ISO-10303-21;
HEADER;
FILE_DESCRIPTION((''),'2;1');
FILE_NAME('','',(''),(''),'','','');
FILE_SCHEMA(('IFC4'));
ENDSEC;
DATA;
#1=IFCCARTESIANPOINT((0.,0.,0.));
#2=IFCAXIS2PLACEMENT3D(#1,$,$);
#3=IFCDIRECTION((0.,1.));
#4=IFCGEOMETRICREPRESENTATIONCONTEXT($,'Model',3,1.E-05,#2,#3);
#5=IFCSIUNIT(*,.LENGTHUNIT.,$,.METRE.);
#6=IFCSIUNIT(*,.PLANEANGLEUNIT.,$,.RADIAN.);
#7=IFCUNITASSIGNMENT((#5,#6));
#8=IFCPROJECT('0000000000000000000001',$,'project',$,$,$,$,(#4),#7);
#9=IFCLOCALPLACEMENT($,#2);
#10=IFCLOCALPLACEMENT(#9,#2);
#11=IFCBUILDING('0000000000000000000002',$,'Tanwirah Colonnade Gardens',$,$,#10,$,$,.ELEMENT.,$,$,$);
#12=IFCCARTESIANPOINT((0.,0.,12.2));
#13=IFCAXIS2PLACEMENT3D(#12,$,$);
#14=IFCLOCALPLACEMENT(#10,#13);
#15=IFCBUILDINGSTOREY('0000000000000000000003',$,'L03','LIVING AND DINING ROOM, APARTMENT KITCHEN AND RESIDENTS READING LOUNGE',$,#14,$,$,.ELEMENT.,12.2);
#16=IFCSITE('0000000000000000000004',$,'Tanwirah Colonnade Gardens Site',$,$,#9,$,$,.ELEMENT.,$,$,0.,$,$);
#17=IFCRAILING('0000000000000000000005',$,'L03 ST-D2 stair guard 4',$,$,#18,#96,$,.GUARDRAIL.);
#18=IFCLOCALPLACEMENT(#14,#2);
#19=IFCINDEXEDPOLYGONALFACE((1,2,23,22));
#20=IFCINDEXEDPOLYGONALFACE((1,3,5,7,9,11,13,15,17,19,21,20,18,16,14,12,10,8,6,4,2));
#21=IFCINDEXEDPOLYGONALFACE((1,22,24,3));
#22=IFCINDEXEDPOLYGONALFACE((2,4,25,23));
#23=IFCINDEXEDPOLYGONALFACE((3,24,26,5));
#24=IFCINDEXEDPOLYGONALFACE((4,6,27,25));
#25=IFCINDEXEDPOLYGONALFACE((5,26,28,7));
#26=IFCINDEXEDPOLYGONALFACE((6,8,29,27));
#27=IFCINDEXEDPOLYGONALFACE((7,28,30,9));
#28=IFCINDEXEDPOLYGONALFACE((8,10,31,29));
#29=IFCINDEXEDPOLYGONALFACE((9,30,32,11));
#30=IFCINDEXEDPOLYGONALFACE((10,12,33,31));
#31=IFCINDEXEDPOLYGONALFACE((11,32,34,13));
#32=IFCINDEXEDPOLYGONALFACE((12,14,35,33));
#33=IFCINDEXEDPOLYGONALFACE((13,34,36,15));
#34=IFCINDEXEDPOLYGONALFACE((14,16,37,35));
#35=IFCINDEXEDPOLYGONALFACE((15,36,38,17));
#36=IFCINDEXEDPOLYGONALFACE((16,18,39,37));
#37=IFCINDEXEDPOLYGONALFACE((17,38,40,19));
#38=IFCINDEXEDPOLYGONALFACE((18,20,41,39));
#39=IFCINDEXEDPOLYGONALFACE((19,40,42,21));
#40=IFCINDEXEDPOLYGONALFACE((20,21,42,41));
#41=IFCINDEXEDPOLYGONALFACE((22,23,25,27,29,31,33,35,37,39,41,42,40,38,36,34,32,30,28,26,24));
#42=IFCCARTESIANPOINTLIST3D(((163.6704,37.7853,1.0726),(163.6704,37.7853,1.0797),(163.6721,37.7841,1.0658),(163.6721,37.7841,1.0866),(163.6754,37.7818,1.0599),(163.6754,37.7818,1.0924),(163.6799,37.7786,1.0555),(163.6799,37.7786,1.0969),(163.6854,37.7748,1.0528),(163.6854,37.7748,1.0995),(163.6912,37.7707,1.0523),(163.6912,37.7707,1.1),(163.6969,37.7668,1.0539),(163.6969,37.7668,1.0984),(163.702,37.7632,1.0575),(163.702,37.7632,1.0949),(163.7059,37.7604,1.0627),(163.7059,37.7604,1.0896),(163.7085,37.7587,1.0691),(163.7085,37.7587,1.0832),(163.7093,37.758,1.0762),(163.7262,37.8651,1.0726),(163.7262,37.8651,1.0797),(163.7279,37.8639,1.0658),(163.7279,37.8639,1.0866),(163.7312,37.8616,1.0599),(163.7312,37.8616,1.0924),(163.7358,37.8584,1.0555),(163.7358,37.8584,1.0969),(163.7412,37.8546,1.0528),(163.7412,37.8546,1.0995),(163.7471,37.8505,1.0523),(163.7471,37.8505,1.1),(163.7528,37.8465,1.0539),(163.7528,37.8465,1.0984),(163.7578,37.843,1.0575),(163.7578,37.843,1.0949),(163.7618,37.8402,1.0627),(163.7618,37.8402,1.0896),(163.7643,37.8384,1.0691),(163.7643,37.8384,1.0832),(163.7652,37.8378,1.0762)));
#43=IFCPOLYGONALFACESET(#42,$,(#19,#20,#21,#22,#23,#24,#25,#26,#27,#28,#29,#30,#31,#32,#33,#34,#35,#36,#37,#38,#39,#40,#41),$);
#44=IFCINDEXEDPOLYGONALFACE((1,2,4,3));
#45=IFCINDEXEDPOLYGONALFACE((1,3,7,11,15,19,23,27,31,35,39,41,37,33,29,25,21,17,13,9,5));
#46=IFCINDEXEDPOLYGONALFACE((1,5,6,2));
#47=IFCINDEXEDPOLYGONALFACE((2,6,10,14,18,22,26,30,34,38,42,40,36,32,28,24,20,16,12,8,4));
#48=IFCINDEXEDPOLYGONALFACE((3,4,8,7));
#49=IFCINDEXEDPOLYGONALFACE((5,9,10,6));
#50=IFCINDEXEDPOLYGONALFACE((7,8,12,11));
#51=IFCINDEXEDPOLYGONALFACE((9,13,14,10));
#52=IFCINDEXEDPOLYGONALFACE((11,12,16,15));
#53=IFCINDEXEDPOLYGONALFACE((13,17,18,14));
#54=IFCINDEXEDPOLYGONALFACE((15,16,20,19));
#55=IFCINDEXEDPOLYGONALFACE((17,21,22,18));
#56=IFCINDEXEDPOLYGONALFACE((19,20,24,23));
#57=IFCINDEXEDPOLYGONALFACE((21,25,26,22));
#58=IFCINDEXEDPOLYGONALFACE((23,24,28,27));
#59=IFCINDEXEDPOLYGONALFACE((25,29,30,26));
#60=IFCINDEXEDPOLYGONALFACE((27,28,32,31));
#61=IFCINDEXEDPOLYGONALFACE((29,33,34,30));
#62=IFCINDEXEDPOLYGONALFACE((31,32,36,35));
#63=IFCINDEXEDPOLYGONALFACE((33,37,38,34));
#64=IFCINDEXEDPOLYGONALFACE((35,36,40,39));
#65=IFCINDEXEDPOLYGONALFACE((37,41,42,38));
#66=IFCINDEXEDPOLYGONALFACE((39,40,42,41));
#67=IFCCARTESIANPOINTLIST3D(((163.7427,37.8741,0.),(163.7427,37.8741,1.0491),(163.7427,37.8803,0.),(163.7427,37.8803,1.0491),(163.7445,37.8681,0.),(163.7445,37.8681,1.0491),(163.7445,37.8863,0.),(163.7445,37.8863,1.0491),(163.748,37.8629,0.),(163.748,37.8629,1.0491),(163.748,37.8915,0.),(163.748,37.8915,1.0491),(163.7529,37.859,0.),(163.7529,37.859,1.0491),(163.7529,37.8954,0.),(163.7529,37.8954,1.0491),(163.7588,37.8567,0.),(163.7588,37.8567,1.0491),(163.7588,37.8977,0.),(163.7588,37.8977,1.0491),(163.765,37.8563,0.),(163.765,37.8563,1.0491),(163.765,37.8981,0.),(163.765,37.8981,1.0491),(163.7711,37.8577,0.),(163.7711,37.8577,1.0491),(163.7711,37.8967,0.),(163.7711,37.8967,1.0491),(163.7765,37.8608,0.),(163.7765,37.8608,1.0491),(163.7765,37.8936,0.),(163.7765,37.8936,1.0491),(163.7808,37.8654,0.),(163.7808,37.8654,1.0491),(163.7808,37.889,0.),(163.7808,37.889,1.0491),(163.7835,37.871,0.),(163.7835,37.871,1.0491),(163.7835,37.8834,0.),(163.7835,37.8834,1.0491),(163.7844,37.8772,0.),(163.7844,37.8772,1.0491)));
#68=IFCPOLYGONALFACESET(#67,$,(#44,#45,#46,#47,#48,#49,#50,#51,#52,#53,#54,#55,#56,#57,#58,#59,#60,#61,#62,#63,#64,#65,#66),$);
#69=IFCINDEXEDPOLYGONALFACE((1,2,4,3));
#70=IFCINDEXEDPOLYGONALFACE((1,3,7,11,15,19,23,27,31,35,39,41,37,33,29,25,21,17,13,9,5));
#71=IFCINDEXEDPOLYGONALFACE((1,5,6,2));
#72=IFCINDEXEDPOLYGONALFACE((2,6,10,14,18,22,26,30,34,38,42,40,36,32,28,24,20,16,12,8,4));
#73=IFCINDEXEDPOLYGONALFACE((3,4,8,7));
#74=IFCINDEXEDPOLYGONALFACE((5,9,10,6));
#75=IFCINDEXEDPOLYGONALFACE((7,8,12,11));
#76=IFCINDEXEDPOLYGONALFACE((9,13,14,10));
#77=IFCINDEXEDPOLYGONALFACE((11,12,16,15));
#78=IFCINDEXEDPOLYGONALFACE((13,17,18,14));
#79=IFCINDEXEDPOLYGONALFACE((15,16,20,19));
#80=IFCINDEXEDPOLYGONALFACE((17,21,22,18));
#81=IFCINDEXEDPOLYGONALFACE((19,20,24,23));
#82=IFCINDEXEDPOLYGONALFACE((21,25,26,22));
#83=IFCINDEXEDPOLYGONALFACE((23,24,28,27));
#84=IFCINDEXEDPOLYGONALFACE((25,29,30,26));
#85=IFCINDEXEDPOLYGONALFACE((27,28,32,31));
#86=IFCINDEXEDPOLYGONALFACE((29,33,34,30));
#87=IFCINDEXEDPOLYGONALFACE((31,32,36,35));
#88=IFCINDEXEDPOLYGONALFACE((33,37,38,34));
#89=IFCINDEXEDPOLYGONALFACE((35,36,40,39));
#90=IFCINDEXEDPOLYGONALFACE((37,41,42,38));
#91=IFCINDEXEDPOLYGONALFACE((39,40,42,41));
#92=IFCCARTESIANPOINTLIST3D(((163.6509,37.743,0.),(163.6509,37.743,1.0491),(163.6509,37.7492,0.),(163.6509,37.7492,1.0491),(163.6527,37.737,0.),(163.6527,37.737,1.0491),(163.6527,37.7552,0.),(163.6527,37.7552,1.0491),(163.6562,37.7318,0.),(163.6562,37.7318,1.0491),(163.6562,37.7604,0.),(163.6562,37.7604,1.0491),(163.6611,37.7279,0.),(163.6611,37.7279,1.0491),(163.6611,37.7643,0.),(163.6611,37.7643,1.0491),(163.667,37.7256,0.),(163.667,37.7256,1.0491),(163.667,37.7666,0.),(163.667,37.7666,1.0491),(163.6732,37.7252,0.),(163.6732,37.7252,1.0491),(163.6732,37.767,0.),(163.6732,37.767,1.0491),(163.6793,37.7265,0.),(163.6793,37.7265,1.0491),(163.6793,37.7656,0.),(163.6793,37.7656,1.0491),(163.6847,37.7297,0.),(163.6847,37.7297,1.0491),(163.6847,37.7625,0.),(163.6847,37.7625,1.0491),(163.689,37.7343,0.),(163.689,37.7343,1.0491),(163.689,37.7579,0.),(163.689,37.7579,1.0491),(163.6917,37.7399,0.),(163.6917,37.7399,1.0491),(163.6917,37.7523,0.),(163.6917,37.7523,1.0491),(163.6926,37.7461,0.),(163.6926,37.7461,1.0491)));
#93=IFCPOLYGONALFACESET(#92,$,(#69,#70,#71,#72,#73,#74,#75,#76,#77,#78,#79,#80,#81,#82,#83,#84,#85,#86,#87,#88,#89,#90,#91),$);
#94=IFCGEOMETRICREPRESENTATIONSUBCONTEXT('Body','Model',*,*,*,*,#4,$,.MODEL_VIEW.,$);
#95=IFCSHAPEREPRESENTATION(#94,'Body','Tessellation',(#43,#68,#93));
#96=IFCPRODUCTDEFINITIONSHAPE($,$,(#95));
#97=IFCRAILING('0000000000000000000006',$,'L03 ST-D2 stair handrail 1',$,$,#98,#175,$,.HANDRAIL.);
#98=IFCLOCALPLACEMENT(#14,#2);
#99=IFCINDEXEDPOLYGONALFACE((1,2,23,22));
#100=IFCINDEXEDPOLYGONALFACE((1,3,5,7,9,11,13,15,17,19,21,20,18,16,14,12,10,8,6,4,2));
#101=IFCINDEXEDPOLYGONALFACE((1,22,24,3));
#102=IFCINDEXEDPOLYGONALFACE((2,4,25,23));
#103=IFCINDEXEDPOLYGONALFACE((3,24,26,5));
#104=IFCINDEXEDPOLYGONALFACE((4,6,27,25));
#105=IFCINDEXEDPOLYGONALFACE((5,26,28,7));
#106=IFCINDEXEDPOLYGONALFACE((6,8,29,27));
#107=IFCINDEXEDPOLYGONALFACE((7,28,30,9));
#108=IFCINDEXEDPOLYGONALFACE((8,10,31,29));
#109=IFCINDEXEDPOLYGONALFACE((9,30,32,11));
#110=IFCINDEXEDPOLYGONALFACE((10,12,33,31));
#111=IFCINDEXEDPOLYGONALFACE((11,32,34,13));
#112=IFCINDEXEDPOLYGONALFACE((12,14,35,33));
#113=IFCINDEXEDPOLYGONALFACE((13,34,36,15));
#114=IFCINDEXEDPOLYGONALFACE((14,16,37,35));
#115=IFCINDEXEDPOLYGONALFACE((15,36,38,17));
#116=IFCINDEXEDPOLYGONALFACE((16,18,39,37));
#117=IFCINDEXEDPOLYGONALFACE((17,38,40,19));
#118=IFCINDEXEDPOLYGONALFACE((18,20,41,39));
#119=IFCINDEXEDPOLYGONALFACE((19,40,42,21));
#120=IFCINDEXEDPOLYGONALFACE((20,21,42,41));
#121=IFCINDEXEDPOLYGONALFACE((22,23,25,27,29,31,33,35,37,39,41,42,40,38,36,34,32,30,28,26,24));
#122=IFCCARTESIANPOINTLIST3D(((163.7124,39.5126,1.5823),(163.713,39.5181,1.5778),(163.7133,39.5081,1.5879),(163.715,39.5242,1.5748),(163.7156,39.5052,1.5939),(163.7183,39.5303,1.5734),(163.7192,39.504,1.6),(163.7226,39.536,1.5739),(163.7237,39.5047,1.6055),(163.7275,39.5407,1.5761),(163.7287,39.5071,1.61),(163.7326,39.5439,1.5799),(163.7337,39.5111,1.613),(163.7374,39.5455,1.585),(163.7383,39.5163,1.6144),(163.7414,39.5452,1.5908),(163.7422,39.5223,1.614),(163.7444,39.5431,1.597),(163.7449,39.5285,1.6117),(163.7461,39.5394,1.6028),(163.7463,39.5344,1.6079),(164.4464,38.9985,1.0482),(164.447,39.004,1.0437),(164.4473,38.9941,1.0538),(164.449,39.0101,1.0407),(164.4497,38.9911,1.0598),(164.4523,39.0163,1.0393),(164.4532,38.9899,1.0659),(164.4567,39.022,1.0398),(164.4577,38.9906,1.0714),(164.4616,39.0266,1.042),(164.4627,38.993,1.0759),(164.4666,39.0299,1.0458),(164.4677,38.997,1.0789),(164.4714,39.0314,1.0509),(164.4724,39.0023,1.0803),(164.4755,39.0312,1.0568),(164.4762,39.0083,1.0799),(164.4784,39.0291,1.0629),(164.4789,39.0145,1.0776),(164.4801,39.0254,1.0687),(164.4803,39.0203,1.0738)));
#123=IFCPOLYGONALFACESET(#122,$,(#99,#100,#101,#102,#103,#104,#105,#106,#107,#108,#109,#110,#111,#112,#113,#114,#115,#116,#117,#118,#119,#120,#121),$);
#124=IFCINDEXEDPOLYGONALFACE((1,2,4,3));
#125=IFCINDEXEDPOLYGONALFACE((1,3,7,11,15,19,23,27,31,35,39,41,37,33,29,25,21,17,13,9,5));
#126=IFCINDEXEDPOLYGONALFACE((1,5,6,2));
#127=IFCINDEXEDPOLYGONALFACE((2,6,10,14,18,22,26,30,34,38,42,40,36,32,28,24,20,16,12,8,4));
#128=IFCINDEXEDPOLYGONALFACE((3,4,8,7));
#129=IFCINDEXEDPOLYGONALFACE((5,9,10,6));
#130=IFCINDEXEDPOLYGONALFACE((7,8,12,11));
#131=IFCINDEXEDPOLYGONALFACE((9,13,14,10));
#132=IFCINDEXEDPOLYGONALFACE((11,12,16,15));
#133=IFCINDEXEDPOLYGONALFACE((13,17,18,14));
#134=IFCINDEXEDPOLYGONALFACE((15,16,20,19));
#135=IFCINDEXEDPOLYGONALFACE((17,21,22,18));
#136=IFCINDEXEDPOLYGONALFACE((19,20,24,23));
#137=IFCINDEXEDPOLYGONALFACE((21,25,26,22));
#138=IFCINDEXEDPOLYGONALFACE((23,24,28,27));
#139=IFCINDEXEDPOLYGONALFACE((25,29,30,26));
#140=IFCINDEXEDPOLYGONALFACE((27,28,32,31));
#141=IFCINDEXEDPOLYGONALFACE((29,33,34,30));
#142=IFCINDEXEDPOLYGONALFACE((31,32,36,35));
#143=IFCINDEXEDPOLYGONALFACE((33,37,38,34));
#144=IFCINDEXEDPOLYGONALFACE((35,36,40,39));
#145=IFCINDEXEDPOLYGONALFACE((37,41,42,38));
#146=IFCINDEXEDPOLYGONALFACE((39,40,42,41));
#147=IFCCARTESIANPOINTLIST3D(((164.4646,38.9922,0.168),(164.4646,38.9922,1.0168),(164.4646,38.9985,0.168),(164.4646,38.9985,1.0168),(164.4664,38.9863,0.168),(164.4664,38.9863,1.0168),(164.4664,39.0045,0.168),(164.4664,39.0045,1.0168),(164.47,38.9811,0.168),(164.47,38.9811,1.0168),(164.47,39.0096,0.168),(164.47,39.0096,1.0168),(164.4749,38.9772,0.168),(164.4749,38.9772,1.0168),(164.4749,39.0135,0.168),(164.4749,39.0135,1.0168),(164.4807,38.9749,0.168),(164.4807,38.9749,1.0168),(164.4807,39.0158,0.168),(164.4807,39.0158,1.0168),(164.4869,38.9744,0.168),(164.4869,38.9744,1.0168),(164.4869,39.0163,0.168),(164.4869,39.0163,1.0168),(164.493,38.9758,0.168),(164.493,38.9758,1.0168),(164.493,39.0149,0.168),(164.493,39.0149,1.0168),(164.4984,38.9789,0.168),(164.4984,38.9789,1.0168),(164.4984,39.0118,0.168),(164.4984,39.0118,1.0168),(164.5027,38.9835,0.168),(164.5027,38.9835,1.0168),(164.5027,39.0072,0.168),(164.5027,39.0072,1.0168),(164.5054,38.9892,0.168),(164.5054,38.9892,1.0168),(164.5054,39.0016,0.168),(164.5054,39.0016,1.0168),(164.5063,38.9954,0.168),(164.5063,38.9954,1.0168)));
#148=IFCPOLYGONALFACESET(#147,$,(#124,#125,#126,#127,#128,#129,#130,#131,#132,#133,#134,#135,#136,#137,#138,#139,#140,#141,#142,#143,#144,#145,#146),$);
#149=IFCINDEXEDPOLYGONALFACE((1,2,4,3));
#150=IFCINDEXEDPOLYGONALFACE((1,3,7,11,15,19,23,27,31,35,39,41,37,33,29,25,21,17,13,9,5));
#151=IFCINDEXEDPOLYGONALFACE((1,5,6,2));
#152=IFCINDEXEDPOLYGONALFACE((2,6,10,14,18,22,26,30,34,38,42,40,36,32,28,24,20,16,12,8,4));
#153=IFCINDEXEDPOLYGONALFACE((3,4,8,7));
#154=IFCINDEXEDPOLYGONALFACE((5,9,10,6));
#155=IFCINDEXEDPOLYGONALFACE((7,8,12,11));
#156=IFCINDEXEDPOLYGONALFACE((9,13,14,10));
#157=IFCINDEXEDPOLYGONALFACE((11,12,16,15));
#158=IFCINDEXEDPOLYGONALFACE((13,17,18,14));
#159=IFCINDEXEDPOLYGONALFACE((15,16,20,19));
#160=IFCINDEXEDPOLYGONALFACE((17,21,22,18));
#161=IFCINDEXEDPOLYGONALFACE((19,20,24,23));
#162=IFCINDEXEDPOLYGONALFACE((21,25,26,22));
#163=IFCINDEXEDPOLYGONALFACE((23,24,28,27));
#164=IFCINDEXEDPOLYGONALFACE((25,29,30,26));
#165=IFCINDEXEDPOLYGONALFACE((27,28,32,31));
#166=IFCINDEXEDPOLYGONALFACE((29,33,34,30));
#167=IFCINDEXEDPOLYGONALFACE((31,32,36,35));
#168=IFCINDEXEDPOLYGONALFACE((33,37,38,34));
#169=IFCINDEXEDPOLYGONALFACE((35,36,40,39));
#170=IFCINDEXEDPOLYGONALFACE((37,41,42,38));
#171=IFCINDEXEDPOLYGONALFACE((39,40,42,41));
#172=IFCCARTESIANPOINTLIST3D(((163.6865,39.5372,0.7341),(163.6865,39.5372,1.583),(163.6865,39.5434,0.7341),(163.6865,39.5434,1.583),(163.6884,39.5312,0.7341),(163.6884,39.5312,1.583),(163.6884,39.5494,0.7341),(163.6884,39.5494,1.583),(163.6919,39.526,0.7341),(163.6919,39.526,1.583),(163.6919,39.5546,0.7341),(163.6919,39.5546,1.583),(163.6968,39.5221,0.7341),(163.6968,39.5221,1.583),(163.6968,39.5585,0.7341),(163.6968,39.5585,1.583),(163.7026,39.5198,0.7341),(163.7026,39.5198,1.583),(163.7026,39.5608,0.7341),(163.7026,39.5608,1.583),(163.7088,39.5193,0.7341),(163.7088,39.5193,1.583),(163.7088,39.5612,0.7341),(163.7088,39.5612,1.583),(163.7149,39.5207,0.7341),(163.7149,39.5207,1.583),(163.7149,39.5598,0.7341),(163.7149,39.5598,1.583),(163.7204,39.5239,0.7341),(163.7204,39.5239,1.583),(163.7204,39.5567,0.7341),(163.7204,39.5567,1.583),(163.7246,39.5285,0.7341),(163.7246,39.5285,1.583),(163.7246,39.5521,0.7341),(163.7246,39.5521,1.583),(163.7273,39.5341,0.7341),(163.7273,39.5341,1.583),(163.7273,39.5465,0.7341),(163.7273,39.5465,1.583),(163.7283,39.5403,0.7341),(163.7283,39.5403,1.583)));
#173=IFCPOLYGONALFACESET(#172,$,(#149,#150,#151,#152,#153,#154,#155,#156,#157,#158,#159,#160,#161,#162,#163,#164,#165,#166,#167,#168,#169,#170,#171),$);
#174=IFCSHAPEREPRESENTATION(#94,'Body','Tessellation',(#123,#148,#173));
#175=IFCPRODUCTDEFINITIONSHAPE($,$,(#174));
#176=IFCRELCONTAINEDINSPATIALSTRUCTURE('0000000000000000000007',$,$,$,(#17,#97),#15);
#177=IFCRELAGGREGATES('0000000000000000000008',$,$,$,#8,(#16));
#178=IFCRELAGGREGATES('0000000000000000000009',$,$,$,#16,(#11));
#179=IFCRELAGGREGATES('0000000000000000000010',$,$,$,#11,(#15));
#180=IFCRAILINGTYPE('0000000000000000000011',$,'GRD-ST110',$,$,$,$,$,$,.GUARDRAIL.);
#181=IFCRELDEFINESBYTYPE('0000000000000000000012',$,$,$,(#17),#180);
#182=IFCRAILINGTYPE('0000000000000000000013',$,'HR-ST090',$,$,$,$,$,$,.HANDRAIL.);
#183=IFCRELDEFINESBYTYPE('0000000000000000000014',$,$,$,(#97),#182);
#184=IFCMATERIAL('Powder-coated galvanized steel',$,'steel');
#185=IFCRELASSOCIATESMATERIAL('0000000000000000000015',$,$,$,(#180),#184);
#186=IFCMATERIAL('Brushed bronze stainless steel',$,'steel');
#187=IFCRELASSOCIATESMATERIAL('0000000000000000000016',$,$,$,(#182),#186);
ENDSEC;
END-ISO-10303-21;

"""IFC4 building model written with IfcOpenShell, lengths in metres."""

from ifc_helpers import new_model, si_unit, direction, frame, origin, origin_2d, place, context, subcontext, project, spatial, circle, extrude, material, type_object, element, save


model = new_model("IFC4")

# Units and contexts
model_context = context("Model", 3, precision=1e-05, world=origin(), true_north=direction((0.0, 1.0)))
body_context = subcontext(model_context, "Body", "Model", "MODEL_VIEW")
ifc_project = project(units=[si_unit("LENGTHUNIT", "METRE"), si_unit("PLANEANGLEUNIT", "RADIAN")], contexts=[model_context])

# Site, building, storey
site_placement = place(None, origin())
site = spatial("IfcSite", under=ifc_project, at=site_placement, Name="Tanwirah Colonnade Gardens Site", CompositionType="ELEMENT", RefElevation=0.0)
building_placement = place(site_placement, origin())
building = spatial("IfcBuilding", under=site, at=building_placement, Name="Tanwirah Colonnade Gardens", CompositionType="ELEMENT")
storey_placement = place(building_placement, frame((0.0, 0.0, 12.2)))
storey = spatial("IfcBuildingStorey", under=building, at=storey_placement, Name="L03", Description="LIVING AND DINING ROOM, APARTMENT KITCHEN AND RESIDENTS READING LOUNGE", CompositionType="ELEMENT", Elevation=12.2)

# Railings
ifc_material_1 = material(Name="Powder-coated galvanized steel", Category="steel")
railing_type_1 = type_object("IfcRailingType", Name="GRD-ST110", PredefinedType="GUARDRAIL", material=ifc_material_1)
railing_1_placement = place(storey_placement, frame((163.7634, 37.8772, 0.0)))
element("IfcRailing", 1, at=railing_1_placement, inside=storey, type_object=railing_type_1, Name="L03 ST-D2 stair guard 4", PredefinedType="GUARDRAIL", context=body_context, shape_type="SweptSolid", body=[
    extrude(circle(Radius=0.0239, at=origin_2d()), frame((-0.0178, -0.0256, 1.0762), z_axis=(-0.573565, -0.81916, 0.0), x_axis=(0.81916, -0.573565, 0.0)), (0.0, 0.0, 1.0), 0.0974),
    extrude(circle(Radius=0.021, at=origin_2d()), origin(), (0.0, 0.0, 1.0), 1.0491),
    extrude(circle(Radius=0.021, at=origin_2d()), frame((-0.0918, -0.1311, 0.0)), (0.0, 0.0, 1.0), 1.0491),
])
ifc_material_2 = material(Name="Brushed bronze stainless steel", Category="steel")
railing_type_2 = type_object("IfcRailingType", Name="HR-ST090", PredefinedType="HANDRAIL", material=ifc_material_2)
railing_2_placement = place(storey_placement, frame((164.4854, 38.9954, 0.168)))
element("IfcRailing", 2, at=railing_2_placement, inside=storey, type_object=railing_type_2, Name="L03 ST-D2 stair handrail 1", PredefinedType="HANDRAIL", context=body_context, shape_type="SweptSolid", body=[
    extrude(circle(Radius=0.0239, at=origin_2d()), frame((-0.022, 0.0154, 0.8918), z_axis=(-0.703607, 0.492767, 0.511975), x_axis=(-0.573652, -0.819099, 0.0)), (0.0, 0.0, 1.0), 1.0432),
    extrude(circle(Radius=0.021, at=origin_2d()), origin(), (0.0, 0.0, 1.0), 0.8489),
    extrude(circle(Radius=0.021, at=origin_2d()), frame((-0.7781, 0.5449, 0.5662)), (0.0, 0.0, 1.0), 0.8489),
])

save(model, "model.ifc")
